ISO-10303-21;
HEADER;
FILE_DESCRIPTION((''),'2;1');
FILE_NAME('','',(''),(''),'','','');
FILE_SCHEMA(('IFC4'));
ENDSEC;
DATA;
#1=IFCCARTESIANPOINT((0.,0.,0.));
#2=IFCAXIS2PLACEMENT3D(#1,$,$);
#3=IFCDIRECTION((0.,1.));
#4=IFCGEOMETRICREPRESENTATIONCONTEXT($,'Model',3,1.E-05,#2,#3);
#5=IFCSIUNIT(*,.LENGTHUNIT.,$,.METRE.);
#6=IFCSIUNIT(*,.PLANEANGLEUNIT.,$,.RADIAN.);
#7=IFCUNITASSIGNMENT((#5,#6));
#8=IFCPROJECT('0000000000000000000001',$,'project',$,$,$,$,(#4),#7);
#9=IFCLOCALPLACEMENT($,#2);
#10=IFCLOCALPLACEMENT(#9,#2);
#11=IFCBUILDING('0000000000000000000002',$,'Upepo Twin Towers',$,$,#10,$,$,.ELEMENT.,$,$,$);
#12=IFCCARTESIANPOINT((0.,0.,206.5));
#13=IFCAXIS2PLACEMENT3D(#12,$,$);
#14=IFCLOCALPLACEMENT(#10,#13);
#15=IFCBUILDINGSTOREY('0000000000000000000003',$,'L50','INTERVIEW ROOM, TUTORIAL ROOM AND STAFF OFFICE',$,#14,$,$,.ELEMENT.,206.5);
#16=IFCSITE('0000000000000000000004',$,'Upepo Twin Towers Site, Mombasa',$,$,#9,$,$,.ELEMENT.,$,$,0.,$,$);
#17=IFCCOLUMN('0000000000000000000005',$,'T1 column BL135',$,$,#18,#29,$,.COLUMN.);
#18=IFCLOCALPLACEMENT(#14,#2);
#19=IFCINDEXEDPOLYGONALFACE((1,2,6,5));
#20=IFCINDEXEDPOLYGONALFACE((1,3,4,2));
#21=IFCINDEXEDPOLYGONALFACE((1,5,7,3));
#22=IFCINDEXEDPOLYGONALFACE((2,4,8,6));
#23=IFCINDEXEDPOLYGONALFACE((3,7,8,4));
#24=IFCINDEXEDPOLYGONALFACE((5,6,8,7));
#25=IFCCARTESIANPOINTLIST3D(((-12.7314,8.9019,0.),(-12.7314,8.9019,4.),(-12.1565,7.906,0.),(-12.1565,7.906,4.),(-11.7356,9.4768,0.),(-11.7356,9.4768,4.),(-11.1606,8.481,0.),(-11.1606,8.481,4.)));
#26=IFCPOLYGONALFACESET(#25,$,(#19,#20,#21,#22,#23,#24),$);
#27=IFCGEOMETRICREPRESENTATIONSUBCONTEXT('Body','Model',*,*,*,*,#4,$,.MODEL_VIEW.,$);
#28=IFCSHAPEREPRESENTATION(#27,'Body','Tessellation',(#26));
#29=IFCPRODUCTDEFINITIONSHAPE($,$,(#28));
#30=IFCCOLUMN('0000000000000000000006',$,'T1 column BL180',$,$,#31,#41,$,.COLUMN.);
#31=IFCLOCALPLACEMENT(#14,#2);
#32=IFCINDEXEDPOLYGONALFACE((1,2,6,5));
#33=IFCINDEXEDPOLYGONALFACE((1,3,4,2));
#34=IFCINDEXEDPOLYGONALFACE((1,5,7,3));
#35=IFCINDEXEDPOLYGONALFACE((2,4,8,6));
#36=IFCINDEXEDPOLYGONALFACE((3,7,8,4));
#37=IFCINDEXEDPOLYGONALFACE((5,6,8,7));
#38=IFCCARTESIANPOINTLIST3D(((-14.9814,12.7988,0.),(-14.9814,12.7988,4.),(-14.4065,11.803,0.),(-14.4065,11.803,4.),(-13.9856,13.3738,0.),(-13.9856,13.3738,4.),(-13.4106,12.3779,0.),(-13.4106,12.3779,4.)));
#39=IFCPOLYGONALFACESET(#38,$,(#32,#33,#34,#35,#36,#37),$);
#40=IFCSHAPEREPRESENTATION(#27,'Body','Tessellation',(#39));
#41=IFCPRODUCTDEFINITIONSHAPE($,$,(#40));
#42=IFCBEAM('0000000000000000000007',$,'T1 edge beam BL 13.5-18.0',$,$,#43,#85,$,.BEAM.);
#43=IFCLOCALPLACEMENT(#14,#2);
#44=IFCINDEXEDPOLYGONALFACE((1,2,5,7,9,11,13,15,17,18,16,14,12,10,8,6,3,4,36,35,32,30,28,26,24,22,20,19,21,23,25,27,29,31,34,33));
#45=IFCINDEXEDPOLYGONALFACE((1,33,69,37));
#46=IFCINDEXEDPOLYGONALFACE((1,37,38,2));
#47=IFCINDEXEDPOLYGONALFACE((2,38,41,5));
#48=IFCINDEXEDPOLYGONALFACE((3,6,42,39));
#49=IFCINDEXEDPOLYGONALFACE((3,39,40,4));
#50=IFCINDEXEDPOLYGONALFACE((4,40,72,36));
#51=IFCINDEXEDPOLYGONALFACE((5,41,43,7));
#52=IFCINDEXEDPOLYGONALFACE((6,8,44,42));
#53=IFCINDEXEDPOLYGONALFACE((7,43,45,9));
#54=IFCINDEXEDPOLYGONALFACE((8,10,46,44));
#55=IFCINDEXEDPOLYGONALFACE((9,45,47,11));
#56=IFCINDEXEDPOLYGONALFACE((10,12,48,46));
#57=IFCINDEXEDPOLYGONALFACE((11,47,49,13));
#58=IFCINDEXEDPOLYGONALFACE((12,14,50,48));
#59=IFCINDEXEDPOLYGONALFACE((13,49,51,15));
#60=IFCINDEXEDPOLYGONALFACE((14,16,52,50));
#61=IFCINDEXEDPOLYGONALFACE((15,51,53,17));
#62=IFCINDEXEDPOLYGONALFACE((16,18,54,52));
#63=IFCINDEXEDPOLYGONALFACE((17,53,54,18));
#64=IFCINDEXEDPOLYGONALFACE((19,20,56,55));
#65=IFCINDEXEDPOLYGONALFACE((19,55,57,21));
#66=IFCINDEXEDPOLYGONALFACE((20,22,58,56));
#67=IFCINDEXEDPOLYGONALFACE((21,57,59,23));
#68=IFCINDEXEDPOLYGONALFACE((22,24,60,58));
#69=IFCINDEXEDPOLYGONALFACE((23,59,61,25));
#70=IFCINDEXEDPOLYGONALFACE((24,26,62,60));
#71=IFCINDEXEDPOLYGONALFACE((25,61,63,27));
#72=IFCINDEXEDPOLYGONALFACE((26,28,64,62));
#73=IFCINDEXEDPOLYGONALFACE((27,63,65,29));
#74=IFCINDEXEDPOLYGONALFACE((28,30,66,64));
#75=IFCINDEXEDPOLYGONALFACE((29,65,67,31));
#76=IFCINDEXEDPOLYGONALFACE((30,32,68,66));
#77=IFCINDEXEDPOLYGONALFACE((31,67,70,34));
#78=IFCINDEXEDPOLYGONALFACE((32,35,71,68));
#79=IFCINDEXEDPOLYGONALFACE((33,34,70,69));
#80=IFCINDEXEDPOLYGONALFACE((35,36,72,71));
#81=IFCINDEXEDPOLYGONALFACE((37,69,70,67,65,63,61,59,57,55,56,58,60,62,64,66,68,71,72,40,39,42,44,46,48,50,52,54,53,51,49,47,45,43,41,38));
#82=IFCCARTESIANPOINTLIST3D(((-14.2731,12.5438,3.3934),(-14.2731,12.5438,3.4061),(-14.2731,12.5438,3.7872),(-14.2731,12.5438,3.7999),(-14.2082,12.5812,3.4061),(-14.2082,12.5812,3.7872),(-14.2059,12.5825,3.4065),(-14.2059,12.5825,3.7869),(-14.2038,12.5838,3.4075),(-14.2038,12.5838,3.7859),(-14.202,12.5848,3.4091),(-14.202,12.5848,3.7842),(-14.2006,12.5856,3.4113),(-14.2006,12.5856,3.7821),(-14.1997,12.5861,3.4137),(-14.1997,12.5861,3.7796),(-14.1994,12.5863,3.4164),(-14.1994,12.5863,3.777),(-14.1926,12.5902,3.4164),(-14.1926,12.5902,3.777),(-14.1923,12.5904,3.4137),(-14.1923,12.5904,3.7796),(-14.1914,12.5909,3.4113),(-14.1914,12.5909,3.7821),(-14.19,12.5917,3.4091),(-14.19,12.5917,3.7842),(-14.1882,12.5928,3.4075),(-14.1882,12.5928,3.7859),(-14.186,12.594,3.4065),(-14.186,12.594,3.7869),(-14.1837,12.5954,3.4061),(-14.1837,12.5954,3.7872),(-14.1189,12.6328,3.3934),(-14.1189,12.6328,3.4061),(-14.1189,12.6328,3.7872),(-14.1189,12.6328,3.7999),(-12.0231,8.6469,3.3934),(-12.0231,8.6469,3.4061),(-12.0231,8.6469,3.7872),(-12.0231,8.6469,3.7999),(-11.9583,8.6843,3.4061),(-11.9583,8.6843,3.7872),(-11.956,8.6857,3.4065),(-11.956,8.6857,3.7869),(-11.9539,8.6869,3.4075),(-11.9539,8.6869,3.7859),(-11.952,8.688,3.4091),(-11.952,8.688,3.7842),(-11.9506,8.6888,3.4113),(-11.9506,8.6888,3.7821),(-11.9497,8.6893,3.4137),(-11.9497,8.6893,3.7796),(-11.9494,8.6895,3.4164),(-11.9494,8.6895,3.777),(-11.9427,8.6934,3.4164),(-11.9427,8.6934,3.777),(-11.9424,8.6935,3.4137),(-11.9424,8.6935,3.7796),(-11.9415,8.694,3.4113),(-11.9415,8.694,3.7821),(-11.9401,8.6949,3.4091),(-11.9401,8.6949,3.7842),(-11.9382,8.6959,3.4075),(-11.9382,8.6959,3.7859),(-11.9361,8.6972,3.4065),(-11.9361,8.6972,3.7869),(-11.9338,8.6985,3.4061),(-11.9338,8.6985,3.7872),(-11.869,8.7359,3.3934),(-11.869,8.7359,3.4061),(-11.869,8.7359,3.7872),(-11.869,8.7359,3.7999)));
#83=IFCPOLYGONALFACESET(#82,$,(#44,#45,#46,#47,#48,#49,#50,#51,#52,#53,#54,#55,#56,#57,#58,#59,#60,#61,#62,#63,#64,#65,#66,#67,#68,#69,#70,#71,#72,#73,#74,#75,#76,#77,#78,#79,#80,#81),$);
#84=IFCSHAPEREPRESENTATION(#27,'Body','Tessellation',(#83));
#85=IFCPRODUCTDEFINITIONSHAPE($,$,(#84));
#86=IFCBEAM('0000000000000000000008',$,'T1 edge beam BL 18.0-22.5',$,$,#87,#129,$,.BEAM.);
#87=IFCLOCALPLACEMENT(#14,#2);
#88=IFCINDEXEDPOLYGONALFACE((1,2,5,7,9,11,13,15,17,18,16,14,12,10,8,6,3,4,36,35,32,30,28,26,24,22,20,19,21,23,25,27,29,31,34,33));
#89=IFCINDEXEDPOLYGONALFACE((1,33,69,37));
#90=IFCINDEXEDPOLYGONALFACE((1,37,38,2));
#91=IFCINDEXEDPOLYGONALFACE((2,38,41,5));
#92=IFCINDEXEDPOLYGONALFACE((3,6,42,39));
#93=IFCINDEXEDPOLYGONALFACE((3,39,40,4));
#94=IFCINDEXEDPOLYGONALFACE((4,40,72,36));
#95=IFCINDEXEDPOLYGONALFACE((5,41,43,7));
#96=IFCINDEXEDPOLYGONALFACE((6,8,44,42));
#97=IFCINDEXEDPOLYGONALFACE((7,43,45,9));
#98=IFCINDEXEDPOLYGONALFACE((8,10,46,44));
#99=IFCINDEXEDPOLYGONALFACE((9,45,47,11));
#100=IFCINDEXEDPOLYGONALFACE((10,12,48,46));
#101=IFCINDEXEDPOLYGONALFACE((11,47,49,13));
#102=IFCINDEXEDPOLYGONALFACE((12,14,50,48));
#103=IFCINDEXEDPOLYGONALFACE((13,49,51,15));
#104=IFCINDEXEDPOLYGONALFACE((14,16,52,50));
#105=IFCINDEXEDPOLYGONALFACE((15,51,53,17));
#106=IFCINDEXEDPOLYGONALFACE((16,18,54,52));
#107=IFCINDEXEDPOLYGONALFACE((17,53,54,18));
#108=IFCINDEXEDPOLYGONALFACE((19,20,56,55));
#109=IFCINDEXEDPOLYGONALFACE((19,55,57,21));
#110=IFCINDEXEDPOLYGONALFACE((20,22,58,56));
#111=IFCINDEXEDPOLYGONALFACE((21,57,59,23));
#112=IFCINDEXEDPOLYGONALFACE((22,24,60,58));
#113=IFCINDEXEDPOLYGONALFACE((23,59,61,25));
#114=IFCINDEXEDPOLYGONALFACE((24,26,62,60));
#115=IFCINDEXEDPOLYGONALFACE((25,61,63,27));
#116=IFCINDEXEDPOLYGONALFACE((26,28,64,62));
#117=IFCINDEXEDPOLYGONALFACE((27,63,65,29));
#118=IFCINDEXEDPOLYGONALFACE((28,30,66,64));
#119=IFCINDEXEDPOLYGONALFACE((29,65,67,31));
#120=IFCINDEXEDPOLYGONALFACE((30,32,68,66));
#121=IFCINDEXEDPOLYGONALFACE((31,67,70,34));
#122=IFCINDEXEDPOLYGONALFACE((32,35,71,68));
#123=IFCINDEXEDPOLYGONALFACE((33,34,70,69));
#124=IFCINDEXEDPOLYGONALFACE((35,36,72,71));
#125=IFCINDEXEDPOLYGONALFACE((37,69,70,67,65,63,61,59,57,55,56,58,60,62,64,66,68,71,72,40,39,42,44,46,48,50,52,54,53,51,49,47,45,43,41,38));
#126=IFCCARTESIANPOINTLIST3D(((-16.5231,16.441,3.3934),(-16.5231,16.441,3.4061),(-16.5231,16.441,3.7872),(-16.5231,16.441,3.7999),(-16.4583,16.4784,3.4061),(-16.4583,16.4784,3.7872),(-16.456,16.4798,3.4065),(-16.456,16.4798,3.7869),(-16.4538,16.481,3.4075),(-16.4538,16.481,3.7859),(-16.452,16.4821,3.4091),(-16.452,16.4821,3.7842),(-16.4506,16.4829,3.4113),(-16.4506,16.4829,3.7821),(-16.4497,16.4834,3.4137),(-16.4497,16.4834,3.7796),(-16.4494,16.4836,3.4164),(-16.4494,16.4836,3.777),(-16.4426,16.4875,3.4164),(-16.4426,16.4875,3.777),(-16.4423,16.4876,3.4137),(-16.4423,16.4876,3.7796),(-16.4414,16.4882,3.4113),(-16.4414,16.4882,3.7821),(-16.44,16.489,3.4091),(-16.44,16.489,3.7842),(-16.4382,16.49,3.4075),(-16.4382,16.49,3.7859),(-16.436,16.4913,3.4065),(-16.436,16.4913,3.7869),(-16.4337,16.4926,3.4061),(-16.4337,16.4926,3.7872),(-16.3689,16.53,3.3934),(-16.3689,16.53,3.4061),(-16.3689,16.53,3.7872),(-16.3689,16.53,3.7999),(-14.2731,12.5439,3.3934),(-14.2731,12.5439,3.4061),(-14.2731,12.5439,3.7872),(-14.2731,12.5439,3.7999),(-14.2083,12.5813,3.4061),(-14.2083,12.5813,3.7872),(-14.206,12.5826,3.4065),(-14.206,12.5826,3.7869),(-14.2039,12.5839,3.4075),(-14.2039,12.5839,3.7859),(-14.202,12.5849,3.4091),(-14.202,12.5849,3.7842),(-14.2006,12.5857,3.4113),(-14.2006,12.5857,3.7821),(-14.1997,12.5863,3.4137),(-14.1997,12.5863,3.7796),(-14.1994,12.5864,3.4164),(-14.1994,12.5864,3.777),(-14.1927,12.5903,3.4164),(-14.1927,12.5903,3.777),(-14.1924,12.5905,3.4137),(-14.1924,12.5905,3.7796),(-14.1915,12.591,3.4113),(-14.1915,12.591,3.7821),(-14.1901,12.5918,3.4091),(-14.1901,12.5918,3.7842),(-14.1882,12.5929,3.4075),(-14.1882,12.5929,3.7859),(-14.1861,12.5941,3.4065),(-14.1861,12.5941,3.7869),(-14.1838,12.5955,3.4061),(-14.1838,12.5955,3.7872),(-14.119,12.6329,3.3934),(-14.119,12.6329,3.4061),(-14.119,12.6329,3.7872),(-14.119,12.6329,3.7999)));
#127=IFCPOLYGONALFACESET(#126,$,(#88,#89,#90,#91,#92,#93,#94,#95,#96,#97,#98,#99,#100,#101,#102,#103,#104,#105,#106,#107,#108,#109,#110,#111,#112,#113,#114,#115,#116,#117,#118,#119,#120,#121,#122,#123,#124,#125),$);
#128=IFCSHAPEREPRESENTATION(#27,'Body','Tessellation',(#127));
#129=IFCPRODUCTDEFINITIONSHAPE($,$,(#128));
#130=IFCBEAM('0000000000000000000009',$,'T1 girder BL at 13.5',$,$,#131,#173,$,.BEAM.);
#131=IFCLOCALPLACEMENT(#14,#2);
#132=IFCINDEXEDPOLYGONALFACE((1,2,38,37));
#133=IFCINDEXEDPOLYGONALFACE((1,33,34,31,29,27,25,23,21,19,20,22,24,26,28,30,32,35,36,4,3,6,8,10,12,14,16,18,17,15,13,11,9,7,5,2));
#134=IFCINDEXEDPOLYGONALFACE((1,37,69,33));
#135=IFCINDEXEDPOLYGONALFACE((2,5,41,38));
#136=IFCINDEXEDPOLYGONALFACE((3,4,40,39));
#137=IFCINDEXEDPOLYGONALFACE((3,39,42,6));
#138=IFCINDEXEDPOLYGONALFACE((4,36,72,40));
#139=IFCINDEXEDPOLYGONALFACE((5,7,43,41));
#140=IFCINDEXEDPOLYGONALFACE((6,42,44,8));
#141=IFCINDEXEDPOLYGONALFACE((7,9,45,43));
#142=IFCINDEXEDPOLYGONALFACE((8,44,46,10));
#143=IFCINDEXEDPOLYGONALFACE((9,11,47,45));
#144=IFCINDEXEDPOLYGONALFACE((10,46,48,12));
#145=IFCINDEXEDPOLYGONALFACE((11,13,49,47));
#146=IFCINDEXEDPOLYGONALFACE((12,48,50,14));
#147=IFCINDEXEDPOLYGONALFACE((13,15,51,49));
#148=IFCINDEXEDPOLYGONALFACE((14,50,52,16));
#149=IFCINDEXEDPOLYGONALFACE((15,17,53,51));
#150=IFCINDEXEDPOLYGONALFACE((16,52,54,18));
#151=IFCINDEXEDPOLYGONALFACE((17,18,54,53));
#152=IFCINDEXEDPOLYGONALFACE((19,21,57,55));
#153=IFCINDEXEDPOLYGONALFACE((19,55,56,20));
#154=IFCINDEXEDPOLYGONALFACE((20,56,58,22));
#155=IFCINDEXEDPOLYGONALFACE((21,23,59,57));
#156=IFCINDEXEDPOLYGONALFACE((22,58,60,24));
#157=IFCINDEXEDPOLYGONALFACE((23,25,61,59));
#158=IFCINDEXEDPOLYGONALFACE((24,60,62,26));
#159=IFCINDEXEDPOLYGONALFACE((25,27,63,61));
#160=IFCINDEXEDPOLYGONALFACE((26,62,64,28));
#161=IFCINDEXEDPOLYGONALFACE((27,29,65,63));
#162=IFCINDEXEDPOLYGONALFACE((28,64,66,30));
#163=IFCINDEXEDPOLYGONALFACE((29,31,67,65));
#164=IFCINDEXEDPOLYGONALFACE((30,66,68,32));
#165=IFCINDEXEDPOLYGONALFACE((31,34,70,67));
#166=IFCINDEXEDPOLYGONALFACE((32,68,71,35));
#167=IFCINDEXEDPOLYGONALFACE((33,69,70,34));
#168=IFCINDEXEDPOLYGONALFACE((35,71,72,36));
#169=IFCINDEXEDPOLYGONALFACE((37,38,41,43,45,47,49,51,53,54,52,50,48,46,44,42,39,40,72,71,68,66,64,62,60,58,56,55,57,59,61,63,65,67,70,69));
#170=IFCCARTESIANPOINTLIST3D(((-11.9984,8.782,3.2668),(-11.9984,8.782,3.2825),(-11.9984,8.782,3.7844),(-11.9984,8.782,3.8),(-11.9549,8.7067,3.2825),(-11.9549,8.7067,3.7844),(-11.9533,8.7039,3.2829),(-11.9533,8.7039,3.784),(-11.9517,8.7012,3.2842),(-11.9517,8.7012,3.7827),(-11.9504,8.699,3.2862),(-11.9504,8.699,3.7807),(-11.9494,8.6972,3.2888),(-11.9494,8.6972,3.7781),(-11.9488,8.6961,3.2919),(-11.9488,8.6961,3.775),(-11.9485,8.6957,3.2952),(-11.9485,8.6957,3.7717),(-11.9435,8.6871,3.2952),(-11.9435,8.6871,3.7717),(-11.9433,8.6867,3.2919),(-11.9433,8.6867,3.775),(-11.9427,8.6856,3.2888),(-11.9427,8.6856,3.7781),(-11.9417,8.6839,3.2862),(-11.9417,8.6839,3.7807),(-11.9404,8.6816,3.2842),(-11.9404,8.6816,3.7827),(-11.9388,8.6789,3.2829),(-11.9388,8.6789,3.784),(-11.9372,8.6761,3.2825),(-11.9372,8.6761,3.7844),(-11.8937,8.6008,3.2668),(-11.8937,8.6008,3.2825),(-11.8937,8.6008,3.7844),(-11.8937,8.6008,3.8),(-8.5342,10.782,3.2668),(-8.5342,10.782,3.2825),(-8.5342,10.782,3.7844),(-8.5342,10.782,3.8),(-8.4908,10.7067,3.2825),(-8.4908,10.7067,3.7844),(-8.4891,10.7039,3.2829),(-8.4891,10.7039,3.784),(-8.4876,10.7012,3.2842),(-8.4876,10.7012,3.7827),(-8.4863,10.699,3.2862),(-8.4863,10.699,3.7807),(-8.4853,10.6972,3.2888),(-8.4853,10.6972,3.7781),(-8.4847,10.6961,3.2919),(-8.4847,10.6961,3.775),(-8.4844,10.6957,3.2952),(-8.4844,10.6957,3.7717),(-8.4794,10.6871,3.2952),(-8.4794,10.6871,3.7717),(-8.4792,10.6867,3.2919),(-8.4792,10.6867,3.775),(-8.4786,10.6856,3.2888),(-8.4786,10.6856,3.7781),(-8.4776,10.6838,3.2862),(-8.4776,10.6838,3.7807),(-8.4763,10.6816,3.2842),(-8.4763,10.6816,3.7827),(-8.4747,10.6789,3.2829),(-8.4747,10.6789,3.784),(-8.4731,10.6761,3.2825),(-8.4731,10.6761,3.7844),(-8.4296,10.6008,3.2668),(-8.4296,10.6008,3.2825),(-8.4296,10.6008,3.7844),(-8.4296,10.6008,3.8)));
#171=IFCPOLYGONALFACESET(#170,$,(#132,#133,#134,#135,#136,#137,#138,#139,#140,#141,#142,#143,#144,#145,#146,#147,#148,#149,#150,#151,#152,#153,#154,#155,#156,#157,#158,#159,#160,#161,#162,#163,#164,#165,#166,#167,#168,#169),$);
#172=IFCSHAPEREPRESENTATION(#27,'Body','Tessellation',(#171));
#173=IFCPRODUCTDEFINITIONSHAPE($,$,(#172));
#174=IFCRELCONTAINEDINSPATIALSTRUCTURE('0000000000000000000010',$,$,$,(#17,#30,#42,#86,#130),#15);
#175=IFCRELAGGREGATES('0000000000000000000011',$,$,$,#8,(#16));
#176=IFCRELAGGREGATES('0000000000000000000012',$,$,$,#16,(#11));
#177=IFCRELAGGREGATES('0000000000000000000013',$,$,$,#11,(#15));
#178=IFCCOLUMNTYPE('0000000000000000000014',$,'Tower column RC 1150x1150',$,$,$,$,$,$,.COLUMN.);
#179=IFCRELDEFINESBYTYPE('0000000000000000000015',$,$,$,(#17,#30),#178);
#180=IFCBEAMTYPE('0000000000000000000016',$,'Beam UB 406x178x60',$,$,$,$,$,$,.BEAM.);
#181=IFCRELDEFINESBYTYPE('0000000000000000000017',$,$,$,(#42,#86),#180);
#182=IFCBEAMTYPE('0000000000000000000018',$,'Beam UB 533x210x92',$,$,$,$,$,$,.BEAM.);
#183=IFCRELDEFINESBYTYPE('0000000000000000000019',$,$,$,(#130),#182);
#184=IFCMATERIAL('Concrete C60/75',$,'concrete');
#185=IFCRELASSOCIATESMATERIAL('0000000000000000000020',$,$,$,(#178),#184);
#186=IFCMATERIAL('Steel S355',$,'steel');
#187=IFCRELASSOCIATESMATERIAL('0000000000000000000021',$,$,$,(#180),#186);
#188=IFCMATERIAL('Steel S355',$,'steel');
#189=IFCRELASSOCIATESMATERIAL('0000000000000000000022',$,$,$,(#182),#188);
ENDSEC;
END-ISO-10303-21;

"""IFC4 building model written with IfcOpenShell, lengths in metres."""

from ifc_helpers import new_model, si_unit, direction, frame, origin, origin_2d, place, context, subcontext, project, spatial, rectangle, i_section, extrude, material, material_profile, profile_set, type_object, element, save


model = new_model("IFC4")

# Units and contexts
model_context = context("Model", 3, precision=1e-05, world=origin(), true_north=direction((0.0, 1.0)))
body_context = subcontext(model_context, "Body", "Model", "MODEL_VIEW")
ifc_project = project(units=[si_unit("LENGTHUNIT", "METRE"), si_unit("PLANEANGLEUNIT", "RADIAN")], contexts=[model_context])

# Site, building, storey
site_placement = place(None, origin())
site = spatial("IfcSite", under=ifc_project, at=site_placement, Name="Upepo Twin Towers Site, Mombasa", CompositionType="ELEMENT", RefElevation=0.0)
building_placement = place(site_placement, origin())
building = spatial("IfcBuilding", under=site, at=building_placement, Name="Upepo Twin Towers", CompositionType="ELEMENT")
storey_placement = place(building_placement, frame((0.0, 0.0, 206.5)))
storey = spatial("IfcBuildingStorey", under=building, at=storey_placement, Name="L50", Description="INTERVIEW ROOM, TUTORIAL ROOM AND STAFF OFFICE", CompositionType="ELEMENT", Elevation=206.5)

# Columns
ifc_material_1 = material(Name="Concrete C60/75", Category="concrete")
ifc_material_profile_1 = material_profile(ifc_material_1, rectangle(XDim=1.1499, YDim=1.1499, at=origin_2d()), Name="RC 1150x1150")
ifc_profile_set_1 = profile_set([ifc_material_profile_1], Name="Concrete C60/75")
column_type = type_object("IfcColumnType", Name="Tower column RC 1150x1150", PredefinedType="COLUMN", material=ifc_profile_set_1)
for number, where, z_axis, x_axis, name in (
    (1, (-11.946, 8.6914, 0.0), (0.0, 0.0, 1.0), (0.866025, 0.5, 0.0), "T1 column BL135"),
    (2, (-14.196, 12.5884, 0.0), (0.0, 0.0, 1.0), (0.866025, 0.5, 0.0), "T1 column BL180"),
):
    element("IfcColumn", number, at=place(storey_placement, frame(where, z_axis=z_axis, x_axis=x_axis)), inside=storey, type_object=column_type, Name=name, PredefinedType="COLUMN", context=body_context, shape_type="SweptSolid", body=[
        extrude(rectangle(XDim=1.1499, YDim=1.1499, at=origin_2d()), origin(), (0.0, 0.0, 1.0), 4.0),
    ])

# Beams
ifc_material_2 = material(Name="Steel S355", Category="steel")
ifc_material_profile_2 = material_profile(ifc_material_2, i_section(OverallWidth=0.178, OverallDepth=0.4065, WebThickness=0.0078, FlangeThickness=0.0127, FilletRadius=0.0103, at=origin_2d()), Name="UB 406x178x60")
ifc_profile_set_2 = profile_set([ifc_material_profile_2], Name="Steel S355")
beam_type_1 = type_object("IfcBeamType", Name="Beam UB 406x178x60", PredefinedType="BEAM", material=ifc_profile_set_2)
beam_1_placement = place(storey_placement, frame((-11.946, 8.6914, 3.5967), z_axis=(-0.500014, 0.866018, 0.0), x_axis=(-0.866018, -0.500014, 0.0)))
element("IfcBeam", 3, at=beam_1_placement, inside=storey, type_object=beam_type_1, Name="T1 edge beam BL 13.5-18.0", PredefinedType="BEAM", context=body_context, shape_type="SweptSolid", body=[
    extrude(i_section(OverallWidth=0.178, OverallDepth=0.4065, WebThickness=0.0078, FlangeThickness=0.0127, FilletRadius=0.0103, at=origin_2d()), origin(), (0.0, 0.0, 1.0), 4.4998),
])
beam_2_placement = place(storey_placement, frame((-14.196, 12.5884, 3.5967), z_axis=(-0.49999, 0.866031, 0.0), x_axis=(-0.866031, -0.49999, 0.0)))
element("IfcBeam", 4, at=beam_2_placement, inside=storey, type_object=beam_type_1, Name="T1 edge beam BL 18.0-22.5", PredefinedType="BEAM", context=body_context, shape_type="SweptSolid", body=[
    extrude(i_section(OverallWidth=0.178, OverallDepth=0.4065, WebThickness=0.0078, FlangeThickness=0.0127, FilletRadius=0.0103, at=origin_2d()), origin(), (0.0, 0.0, 1.0), 4.5),
])
ifc_material_3 = material(Name="Steel S355", Category="steel")
ifc_material_profile_3 = material_profile(ifc_material_3, i_section(OverallWidth=0.2092, OverallDepth=0.5332, WebThickness=0.01, FlangeThickness=0.0156, FilletRadius=0.0127, at=origin_2d()), Name="UB 533x210x92")
ifc_profile_set_3 = profile_set([ifc_material_profile_3], Name="Steel S355")
beam_type_2 = type_object("IfcBeamType", Name="Beam UB 533x210x92", PredefinedType="BEAM", material=ifc_profile_set_3)
for number, where, z_axis, x_axis, name in (
    (5, (-11.946, 8.6914, 3.5334), (0.866026, 0.499999, 0.0), (-0.499999, 0.866026, 0.0), "T1 girder BL at 13.5"),
):
    element("IfcBeam", number, at=place(storey_placement, frame(where, z_axis=z_axis, x_axis=x_axis)), inside=storey, type_object=beam_type_2, Name=name, PredefinedType="BEAM", context=body_context, shape_type="SweptSolid", body=[
        extrude(i_section(OverallWidth=0.2092, OverallDepth=0.5332, WebThickness=0.01, FlangeThickness=0.0156, FilletRadius=0.0127, at=origin_2d()), origin(), (0.0, 0.0, 1.0), 4.0),
    ])

save(model, "model.ifc")
